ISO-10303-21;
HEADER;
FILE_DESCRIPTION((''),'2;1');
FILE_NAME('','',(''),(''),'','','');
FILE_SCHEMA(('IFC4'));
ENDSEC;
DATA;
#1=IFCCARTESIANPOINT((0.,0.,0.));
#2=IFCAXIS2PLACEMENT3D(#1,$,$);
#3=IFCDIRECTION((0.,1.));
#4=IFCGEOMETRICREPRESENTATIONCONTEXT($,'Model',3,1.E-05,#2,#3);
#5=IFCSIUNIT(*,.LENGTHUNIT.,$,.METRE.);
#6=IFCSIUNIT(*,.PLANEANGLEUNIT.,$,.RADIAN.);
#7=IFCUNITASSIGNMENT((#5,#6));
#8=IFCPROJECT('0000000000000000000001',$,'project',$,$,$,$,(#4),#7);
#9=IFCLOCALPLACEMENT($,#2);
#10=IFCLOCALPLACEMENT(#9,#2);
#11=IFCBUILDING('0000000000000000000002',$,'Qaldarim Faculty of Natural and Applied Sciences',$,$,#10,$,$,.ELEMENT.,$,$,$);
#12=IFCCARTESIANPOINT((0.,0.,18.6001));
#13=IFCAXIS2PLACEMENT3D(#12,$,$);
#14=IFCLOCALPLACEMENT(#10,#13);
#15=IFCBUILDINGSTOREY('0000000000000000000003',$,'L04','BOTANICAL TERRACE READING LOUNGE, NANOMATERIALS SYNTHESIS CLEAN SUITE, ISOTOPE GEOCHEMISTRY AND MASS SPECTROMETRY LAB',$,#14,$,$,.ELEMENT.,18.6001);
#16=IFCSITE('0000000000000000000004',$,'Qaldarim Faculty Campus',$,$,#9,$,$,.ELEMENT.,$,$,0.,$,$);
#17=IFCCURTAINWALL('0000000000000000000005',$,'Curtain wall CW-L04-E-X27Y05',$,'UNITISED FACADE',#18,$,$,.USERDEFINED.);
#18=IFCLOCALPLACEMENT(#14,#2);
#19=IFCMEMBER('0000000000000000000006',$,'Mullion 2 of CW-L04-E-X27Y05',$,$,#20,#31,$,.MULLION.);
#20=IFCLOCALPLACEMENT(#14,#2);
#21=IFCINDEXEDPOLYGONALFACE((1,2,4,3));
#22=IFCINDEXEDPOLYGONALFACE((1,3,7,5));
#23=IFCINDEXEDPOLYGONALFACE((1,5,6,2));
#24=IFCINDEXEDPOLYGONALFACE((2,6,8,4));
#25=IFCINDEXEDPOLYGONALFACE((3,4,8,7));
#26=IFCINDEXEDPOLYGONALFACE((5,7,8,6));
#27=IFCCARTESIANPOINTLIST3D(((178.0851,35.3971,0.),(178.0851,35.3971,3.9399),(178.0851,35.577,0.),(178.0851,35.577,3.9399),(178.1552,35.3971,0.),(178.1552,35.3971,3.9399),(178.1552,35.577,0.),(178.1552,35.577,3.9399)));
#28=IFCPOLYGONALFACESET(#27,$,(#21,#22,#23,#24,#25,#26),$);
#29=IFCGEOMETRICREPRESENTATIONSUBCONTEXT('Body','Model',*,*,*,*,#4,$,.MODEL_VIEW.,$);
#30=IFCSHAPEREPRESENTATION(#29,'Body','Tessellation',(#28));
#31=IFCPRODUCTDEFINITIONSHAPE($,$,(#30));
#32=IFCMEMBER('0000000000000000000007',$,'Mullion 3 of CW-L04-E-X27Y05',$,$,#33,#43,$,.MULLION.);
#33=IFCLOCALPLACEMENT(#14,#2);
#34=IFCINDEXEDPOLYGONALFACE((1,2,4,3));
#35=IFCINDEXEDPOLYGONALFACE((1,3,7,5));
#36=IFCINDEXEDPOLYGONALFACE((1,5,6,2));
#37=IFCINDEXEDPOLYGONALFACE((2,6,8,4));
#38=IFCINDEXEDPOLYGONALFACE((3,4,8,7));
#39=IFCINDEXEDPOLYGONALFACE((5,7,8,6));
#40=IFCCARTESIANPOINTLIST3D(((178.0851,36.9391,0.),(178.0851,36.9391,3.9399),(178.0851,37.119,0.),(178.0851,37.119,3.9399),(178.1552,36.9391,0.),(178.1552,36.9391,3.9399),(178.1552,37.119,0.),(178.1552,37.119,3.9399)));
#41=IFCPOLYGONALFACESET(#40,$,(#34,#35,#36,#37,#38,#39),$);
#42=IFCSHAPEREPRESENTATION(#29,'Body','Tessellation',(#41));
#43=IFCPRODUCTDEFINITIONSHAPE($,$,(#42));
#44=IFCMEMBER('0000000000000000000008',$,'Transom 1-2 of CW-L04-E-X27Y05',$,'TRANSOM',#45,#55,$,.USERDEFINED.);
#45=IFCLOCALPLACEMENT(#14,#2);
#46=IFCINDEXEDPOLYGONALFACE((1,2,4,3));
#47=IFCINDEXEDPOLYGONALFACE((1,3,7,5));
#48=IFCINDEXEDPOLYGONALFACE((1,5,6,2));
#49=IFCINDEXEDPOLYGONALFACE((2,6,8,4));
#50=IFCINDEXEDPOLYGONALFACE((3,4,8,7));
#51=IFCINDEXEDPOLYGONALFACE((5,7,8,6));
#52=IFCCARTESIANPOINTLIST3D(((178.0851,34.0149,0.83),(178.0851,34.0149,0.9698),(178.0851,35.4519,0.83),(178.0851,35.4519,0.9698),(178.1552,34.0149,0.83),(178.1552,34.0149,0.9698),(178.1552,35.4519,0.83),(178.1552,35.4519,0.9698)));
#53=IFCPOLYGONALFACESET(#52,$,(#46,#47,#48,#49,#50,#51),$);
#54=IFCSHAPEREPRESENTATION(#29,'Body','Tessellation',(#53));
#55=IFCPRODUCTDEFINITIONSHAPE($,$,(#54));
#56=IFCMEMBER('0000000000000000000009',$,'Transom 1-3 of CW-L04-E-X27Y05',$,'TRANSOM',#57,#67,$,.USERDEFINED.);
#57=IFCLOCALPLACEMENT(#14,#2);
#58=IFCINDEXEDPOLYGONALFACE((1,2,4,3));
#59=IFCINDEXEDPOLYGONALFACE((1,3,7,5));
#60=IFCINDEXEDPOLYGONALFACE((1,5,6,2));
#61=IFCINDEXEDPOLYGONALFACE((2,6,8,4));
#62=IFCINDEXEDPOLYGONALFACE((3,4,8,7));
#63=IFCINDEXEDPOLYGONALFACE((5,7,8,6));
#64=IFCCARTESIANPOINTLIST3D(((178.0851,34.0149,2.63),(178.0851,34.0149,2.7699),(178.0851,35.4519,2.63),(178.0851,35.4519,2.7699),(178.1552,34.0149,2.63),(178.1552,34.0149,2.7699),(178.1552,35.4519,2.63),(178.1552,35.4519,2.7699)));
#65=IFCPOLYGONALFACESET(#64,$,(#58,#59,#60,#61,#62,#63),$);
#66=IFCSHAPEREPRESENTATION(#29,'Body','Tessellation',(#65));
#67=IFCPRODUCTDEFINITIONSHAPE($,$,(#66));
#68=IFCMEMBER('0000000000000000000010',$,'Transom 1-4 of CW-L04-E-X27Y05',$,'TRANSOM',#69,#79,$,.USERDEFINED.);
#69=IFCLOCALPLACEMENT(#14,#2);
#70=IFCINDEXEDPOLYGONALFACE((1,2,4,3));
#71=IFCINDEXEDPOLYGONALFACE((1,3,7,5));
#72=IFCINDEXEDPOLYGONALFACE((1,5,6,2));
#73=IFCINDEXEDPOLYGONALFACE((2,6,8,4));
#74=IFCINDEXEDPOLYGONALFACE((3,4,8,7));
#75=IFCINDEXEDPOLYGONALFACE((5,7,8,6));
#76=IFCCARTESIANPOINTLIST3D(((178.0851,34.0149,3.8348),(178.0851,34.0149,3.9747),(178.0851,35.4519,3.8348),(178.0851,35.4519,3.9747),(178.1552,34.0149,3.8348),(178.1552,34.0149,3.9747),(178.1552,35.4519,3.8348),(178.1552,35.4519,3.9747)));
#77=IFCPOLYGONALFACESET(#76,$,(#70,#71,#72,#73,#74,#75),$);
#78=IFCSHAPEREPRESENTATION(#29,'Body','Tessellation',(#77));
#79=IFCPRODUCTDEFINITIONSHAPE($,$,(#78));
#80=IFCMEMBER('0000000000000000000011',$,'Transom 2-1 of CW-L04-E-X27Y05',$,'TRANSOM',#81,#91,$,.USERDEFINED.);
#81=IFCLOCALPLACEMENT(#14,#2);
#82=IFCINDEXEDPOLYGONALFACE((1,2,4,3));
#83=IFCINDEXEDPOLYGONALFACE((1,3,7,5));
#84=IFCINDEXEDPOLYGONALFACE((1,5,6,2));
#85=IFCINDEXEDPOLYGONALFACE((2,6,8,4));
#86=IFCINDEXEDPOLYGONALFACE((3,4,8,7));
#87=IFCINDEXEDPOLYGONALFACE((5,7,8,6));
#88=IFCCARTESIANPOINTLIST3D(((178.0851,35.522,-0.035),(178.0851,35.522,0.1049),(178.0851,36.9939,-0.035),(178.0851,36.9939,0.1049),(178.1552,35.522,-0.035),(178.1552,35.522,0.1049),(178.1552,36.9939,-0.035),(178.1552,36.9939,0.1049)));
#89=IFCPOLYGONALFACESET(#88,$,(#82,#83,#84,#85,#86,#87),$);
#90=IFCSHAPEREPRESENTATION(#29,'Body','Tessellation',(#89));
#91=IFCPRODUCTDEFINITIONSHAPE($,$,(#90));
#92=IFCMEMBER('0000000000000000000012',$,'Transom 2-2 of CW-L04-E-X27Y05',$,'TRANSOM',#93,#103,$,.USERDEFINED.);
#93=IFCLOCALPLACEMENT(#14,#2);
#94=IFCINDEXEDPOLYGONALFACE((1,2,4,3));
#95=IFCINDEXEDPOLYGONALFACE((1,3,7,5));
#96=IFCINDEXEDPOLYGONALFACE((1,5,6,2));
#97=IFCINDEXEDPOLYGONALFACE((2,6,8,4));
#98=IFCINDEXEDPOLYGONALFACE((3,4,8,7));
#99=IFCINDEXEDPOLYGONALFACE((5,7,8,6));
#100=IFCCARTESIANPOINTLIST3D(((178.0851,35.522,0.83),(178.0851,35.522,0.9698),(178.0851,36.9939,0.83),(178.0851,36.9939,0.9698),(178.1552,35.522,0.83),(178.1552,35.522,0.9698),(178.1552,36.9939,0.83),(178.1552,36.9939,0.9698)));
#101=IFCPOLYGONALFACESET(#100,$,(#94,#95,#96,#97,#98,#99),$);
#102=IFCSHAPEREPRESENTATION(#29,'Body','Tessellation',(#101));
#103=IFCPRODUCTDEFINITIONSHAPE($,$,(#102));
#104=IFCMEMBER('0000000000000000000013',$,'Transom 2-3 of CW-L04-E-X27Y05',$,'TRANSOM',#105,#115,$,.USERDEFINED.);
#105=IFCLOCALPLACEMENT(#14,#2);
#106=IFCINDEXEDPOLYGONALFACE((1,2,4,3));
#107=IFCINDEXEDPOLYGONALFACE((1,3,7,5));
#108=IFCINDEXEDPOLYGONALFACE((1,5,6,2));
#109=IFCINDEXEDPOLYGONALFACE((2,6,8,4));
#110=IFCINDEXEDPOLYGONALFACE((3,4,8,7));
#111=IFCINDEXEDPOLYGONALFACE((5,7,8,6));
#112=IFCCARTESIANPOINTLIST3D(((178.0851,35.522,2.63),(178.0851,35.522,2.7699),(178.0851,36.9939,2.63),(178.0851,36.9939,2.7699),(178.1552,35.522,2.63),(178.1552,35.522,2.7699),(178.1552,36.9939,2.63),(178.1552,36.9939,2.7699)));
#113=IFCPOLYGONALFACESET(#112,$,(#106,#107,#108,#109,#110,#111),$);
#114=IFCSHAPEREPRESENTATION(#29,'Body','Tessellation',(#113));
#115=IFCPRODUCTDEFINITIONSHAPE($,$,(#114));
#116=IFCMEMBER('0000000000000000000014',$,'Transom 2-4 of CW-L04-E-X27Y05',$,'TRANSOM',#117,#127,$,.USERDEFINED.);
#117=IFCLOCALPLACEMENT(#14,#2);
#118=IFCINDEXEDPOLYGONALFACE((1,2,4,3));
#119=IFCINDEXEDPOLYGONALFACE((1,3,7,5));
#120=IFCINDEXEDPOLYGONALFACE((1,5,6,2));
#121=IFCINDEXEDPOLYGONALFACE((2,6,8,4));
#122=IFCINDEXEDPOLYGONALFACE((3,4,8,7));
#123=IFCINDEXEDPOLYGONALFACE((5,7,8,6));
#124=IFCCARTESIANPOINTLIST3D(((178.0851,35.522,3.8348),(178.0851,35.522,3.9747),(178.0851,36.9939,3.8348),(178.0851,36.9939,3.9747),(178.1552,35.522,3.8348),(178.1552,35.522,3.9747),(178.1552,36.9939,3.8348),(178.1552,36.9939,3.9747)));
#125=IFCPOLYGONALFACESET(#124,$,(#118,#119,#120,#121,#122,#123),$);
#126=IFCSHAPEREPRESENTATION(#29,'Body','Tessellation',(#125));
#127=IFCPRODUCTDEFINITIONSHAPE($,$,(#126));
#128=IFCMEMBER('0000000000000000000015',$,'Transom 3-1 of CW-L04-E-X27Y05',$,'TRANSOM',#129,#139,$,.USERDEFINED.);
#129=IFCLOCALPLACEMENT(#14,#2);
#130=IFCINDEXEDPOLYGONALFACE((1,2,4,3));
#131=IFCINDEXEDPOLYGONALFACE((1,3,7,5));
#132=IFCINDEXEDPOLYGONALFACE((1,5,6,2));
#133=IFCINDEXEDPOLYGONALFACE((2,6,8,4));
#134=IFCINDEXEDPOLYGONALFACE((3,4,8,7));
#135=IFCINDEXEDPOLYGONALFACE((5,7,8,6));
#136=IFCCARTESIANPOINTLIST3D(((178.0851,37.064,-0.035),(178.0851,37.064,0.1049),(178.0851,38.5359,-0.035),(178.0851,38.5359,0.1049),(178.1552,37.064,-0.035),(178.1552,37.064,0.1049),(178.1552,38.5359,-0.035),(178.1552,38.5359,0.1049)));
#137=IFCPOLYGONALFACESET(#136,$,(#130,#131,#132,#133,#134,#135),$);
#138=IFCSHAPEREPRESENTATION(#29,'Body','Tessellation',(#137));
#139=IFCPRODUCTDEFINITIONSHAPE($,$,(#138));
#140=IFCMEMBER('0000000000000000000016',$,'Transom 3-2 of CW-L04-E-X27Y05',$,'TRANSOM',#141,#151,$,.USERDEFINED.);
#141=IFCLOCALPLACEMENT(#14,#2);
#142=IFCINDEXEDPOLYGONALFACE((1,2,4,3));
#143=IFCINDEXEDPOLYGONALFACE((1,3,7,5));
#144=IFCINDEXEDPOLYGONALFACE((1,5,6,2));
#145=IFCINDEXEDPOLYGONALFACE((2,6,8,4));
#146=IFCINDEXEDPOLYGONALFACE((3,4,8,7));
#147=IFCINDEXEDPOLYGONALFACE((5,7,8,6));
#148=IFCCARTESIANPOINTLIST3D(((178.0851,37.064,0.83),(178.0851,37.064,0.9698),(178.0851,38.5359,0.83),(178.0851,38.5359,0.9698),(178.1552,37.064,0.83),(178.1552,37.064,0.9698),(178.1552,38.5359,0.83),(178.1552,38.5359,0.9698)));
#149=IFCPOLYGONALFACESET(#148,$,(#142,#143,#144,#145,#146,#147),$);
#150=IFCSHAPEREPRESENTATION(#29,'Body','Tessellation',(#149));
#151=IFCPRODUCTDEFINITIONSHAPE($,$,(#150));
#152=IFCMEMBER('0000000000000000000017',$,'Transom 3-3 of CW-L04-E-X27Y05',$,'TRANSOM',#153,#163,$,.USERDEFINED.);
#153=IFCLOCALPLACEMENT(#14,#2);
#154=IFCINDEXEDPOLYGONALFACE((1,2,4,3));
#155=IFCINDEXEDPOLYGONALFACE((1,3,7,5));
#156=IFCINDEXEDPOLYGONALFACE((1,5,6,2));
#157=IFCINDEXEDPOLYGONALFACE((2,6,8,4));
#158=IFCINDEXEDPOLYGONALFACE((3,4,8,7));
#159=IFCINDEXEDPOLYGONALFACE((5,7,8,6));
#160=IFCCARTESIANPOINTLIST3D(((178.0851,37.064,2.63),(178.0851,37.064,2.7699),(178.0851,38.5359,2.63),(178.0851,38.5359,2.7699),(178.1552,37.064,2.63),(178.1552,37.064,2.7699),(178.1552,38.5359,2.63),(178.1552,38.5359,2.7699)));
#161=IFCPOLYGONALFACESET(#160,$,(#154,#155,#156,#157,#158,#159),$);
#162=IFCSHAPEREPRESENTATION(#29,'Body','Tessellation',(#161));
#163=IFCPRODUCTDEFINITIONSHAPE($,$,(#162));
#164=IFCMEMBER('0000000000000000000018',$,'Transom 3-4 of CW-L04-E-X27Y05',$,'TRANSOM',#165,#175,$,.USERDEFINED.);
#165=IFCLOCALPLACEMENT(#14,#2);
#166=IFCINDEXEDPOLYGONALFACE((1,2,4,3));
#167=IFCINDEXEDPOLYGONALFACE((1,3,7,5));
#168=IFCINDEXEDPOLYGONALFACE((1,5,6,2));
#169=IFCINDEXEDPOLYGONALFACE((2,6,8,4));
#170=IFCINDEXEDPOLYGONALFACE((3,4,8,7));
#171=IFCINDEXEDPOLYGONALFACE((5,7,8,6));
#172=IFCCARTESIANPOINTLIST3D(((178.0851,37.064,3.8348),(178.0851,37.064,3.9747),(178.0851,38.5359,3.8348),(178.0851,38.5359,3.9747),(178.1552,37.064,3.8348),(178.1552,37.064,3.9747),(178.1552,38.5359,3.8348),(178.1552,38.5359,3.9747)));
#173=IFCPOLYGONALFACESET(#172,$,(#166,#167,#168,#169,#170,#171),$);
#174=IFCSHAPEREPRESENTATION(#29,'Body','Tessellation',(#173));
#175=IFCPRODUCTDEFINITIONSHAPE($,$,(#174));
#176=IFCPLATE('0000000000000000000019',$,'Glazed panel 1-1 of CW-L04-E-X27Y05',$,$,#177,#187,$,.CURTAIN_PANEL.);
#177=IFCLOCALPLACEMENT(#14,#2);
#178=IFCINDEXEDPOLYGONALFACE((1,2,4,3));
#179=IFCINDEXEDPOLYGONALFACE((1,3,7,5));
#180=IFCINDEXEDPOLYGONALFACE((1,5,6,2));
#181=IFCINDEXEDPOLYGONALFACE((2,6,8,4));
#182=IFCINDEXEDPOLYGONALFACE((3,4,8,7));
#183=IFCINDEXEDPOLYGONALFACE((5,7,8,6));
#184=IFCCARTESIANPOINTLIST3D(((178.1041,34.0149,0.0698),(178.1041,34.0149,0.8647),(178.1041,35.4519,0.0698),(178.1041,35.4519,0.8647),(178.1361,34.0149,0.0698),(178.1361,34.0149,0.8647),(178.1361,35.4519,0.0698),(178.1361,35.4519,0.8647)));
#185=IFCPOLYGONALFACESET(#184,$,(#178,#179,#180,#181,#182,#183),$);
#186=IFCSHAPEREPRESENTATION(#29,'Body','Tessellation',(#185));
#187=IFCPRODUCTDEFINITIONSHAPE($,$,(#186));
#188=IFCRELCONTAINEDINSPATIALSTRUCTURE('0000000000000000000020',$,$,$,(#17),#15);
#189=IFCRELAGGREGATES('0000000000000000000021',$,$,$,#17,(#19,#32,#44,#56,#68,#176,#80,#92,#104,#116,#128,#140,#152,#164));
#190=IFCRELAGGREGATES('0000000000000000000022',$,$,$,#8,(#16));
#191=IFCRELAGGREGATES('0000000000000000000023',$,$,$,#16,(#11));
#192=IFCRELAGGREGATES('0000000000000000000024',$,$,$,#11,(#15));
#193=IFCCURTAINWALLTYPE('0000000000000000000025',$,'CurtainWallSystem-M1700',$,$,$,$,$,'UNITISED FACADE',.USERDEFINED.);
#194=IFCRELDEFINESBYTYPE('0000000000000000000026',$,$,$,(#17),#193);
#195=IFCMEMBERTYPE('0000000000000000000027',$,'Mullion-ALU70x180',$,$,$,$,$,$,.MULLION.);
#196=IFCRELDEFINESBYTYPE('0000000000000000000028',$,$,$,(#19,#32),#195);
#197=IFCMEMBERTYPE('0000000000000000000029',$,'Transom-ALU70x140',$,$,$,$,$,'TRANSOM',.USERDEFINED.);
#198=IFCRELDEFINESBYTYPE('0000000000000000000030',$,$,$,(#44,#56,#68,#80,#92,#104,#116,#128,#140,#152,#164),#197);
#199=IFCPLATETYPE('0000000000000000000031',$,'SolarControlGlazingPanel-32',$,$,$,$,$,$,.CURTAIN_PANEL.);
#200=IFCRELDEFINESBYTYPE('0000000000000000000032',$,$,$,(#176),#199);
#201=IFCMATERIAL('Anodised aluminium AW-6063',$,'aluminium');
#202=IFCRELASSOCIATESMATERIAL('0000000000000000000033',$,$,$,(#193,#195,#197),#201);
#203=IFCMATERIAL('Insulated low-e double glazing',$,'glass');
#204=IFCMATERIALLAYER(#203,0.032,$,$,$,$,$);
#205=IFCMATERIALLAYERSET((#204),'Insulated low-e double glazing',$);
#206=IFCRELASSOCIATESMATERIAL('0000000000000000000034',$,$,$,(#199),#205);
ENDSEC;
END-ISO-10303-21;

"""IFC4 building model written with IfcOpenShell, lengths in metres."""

from ifc_helpers import new_model, si_unit, direction, frame, origin, origin_2d, place, context, subcontext, project, spatial, rectangle, extrude, material, layer, layer_set, material_profile, profile_set, type_object, element, aggregate, save


model = new_model("IFC4")

# Units and contexts
model_context = context("Model", 3, precision=1e-05, world=origin(), true_north=direction((0.0, 1.0)))
body_context = subcontext(model_context, "Body", "Model", "MODEL_VIEW")
ifc_project = project(units=[si_unit("LENGTHUNIT", "METRE"), si_unit("PLANEANGLEUNIT", "RADIAN")], contexts=[model_context])

# Site, building, storey
site_placement = place(None, origin())
site = spatial("IfcSite", under=ifc_project, at=site_placement, Name="Qaldarim Faculty Campus", CompositionType="ELEMENT", RefElevation=0.0)
building_placement = place(site_placement, origin())
building = spatial("IfcBuilding", under=site, at=building_placement, Name="Qaldarim Faculty of Natural and Applied Sciences", CompositionType="ELEMENT")
storey_placement = place(building_placement, frame((0.0, 0.0, 18.6001)))
storey = spatial("IfcBuildingStorey", under=building, at=storey_placement, Name="L04", Description="BOTANICAL TERRACE READING LOUNGE, NANOMATERIALS SYNTHESIS CLEAN SUITE, ISOTOPE GEOCHEMISTRY AND MASS SPECTROMETRY LAB", CompositionType="ELEMENT", Elevation=18.6001)

# Curtain wall, members, plate
ifc_material_1 = material(Name="Anodised aluminium AW-6063", Category="aluminium")
curtain_wall_type = type_object("IfcCurtainWallType", Name="CurtainWallSystem-M1700", ElementType="UNITISED FACADE", PredefinedType="USERDEFINED", material=ifc_material_1)
curtain_wall_placement = place(storey_placement, origin())
curtain_wall = element("IfcCurtainWall", 1, at=curtain_wall_placement, inside=storey, type_object=curtain_wall_type, Name="Curtain wall CW-L04-E-X27Y05", ObjectType="UNITISED FACADE", PredefinedType="USERDEFINED")
ifc_material_profile_1 = material_profile(ifc_material_1, rectangle(XDim=0.0701, YDim=0.1799, at=origin_2d()), Name="ALU-M70x180")
ifc_profile_set_1 = profile_set([ifc_material_profile_1], Name="Anodised aluminium AW-6063")
member_type_1 = type_object("IfcMemberType", Name="Mullion-ALU70x180", PredefinedType="MULLION", material=ifc_profile_set_1)
member_1_placement = place(storey_placement, frame((178.1201, 35.4871, 0.0), z_axis=(0.0, 0.0, 1.0), x_axis=(-1.0, 0.0, 0.0)))
member_1 = element("IfcMember", 2, at=member_1_placement, type_object=member_type_1, Name="Mullion 2 of CW-L04-E-X27Y05", PredefinedType="MULLION", context=body_context, shape_type="SweptSolid", body=[
    extrude(rectangle(XDim=0.0701, YDim=0.1799, at=origin_2d()), origin(), (0.0, 0.0, 1.0), 3.9399),
])
member_2_placement = place(storey_placement, frame((178.1201, 37.0291, 0.0), z_axis=(0.0, 0.0, 1.0), x_axis=(-1.0, 0.0, 0.0)))
member_2 = element("IfcMember", 3, at=member_2_placement, type_object=member_type_1, Name="Mullion 3 of CW-L04-E-X27Y05", PredefinedType="MULLION", context=body_context, shape_type="SweptSolid", body=[
    extrude(rectangle(XDim=0.0701, YDim=0.1799, at=origin_2d()), origin(), (0.0, 0.0, 1.0), 3.9399),
])
ifc_material_profile_2 = material_profile(ifc_material_1, rectangle(XDim=0.0701, YDim=0.1399, at=origin_2d()), Name="ALU-T70x140")
ifc_profile_set_2 = profile_set([ifc_material_profile_2], Name="Anodised aluminium AW-6063")
member_type_2 = type_object("IfcMemberType", Name="Transom-ALU70x140", ElementType="TRANSOM", PredefinedType="USERDEFINED", material=ifc_profile_set_2)
member_3_placement = place(storey_placement, frame((178.1201, 34.0149, 0.8999), z_axis=(0.0, 1.0, 0.0), x_axis=(-1.0, 0.0, 0.0)))
member_3 = element("IfcMember", 4, at=member_3_placement, type_object=member_type_2, Name="Transom 1-2 of CW-L04-E-X27Y05", ObjectType="TRANSOM", PredefinedType="USERDEFINED", context=body_context, shape_type="SweptSolid", body=[
    extrude(rectangle(XDim=0.0701, YDim=0.1399, at=origin_2d()), origin(), (0.0, 0.0, 1.0), 1.437),
])
member_4_placement = place(storey_placement, frame((178.1201, 34.0149, 2.7), z_axis=(0.0, 1.0, 0.0), x_axis=(-1.0, 0.0, 0.0)))
member_4 = element("IfcMember", 5, at=member_4_placement, type_object=member_type_2, Name="Transom 1-3 of CW-L04-E-X27Y05", ObjectType="TRANSOM", PredefinedType="USERDEFINED", context=body_context, shape_type="SweptSolid", body=[
    extrude(rectangle(XDim=0.0701, YDim=0.1399, at=origin_2d()), origin(), (0.0, 0.0, 1.0), 1.437),
])
member_5_placement = place(storey_placement, frame((178.1201, 34.0149, 3.9048), z_axis=(0.0, 1.0, 0.0), x_axis=(-1.0, 0.0, 0.0)))
member_5 = element("IfcMember", 6, at=member_5_placement, type_object=member_type_2, Name="Transom 1-4 of CW-L04-E-X27Y05", ObjectType="TRANSOM", PredefinedType="USERDEFINED", context=body_context, shape_type="SweptSolid", body=[
    extrude(rectangle(XDim=0.0701, YDim=0.1399, at=origin_2d()), origin(), (0.0, 0.0, 1.0), 1.437),
])
member_6_placement = place(storey_placement, frame((178.1201, 35.522, 0.0349), z_axis=(0.0, 1.0, 0.0), x_axis=(-1.0, 0.0, 0.0)))
member_6 = element("IfcMember", 7, at=member_6_placement, type_object=member_type_2, Name="Transom 2-1 of CW-L04-E-X27Y05", ObjectType="TRANSOM", PredefinedType="USERDEFINED", context=body_context, shape_type="SweptSolid", body=[
    extrude(rectangle(XDim=0.0701, YDim=0.1399, at=origin_2d()), origin(), (0.0, 0.0, 1.0), 1.4719),
])
member_7_placement = place(storey_placement, frame((178.1201, 35.522, 0.8999), z_axis=(0.0, 1.0, 0.0), x_axis=(-1.0, 0.0, 0.0)))
member_7 = element("IfcMember", 8, at=member_7_placement, type_object=member_type_2, Name="Transom 2-2 of CW-L04-E-X27Y05", ObjectType="TRANSOM", PredefinedType="USERDEFINED", context=body_context, shape_type="SweptSolid", body=[
    extrude(rectangle(XDim=0.0701, YDim=0.1399, at=origin_2d()), origin(), (0.0, 0.0, 1.0), 1.4719),
])
member_8_placement = place(storey_placement, frame((178.1201, 35.522, 2.7), z_axis=(0.0, 1.0, 0.0), x_axis=(-1.0, 0.0, 0.0)))
member_8 = element("IfcMember", 9, at=member_8_placement, type_object=member_type_2, Name="Transom 2-3 of CW-L04-E-X27Y05", ObjectType="TRANSOM", PredefinedType="USERDEFINED", context=body_context, shape_type="SweptSolid", body=[
    extrude(rectangle(XDim=0.0701, YDim=0.1399, at=origin_2d()), origin(), (0.0, 0.0, 1.0), 1.4719),
])
member_9_placement = place(storey_placement, frame((178.1201, 35.522, 3.9048), z_axis=(0.0, 1.0, 0.0), x_axis=(-1.0, 0.0, 0.0)))
member_9 = element("IfcMember", 10, at=member_9_placement, type_object=member_type_2, Name="Transom 2-4 of CW-L04-E-X27Y05", ObjectType="TRANSOM", PredefinedType="USERDEFINED", context=body_context, shape_type="SweptSolid", body=[
    extrude(rectangle(XDim=0.0701, YDim=0.1399, at=origin_2d()), origin(), (0.0, 0.0, 1.0), 1.4719),
])
member_10_placement = place(storey_placement, frame((178.1201, 37.064, 0.0349), z_axis=(0.0, 1.0, 0.0), x_axis=(-1.0, 0.0, 0.0)))
member_10 = element("IfcMember", 11, at=member_10_placement, type_object=member_type_2, Name="Transom 3-1 of CW-L04-E-X27Y05", ObjectType="TRANSOM", PredefinedType="USERDEFINED", context=body_context, shape_type="SweptSolid", body=[
    extrude(rectangle(XDim=0.0701, YDim=0.1399, at=origin_2d()), origin(), (0.0, 0.0, 1.0), 1.4719),
])
member_11_placement = place(storey_placement, frame((178.1201, 37.064, 0.8999), z_axis=(0.0, 1.0, 0.0), x_axis=(-1.0, 0.0, 0.0)))
member_11 = element("IfcMember", 12, at=member_11_placement, type_object=member_type_2, Name="Transom 3-2 of CW-L04-E-X27Y05", ObjectType="TRANSOM", PredefinedType="USERDEFINED", context=body_context, shape_type="SweptSolid", body=[
    extrude(rectangle(XDim=0.0701, YDim=0.1399, at=origin_2d()), origin(), (0.0, 0.0, 1.0), 1.4719),
])
member_12_placement = place(storey_placement, frame((178.1201, 37.064, 2.7), z_axis=(0.0, 1.0, 0.0), x_axis=(-1.0, 0.0, 0.0)))
member_12 = element("IfcMember", 13, at=member_12_placement, type_object=member_type_2, Name="Transom 3-3 of CW-L04-E-X27Y05", ObjectType="TRANSOM", PredefinedType="USERDEFINED", context=body_context, shape_type="SweptSolid", body=[
    extrude(rectangle(XDim=0.0701, YDim=0.1399, at=origin_2d()), origin(), (0.0, 0.0, 1.0), 1.4719),
])
member_13_placement = place(storey_placement, frame((178.1201, 37.064, 3.9048), z_axis=(0.0, 1.0, 0.0), x_axis=(-1.0, 0.0, 0.0)))
member_13 = element("IfcMember", 14, at=member_13_placement, type_object=member_type_2, Name="Transom 3-4 of CW-L04-E-X27Y05", ObjectType="TRANSOM", PredefinedType="USERDEFINED", context=body_context, shape_type="SweptSolid", body=[
    extrude(rectangle(XDim=0.0701, YDim=0.1399, at=origin_2d()), origin(), (0.0, 0.0, 1.0), 1.4719),
])
ifc_material_2 = material(Name="Insulated low-e double glazing", Category="glass")
ifc_layer_1 = layer(ifc_material_2, 0.032)
ifc_layer_set_1 = layer_set([ifc_layer_1], Name="Insulated low-e double glazing")
plate_type = type_object("IfcPlateType", Name="SolarControlGlazingPanel-32", PredefinedType="CURTAIN_PANEL", material=ifc_layer_set_1)
plate_1_placement = place(storey_placement, frame((178.1201, 34.7334, 0.0698), z_axis=(0.0, 0.0, 1.0), x_axis=(0.0, 1.0, 0.0)))
plate_1 = element("IfcPlate", 15, at=plate_1_placement, type_object=plate_type, Name="Glazed panel 1-1 of CW-L04-E-X27Y05", PredefinedType="CURTAIN_PANEL", context=body_context, shape_type="SweptSolid", body=[
    extrude(rectangle(XDim=1.437, YDim=0.032, at=origin_2d()), origin(), (0.0, 0.0, 1.0), 0.7949),
])
aggregate(curtain_wall, [member_1, member_2, member_3, member_4, member_5, plate_1, member_6, member_7, member_8, member_9, member_10, member_11, member_12, member_13])

save(model, "model.ifc")
